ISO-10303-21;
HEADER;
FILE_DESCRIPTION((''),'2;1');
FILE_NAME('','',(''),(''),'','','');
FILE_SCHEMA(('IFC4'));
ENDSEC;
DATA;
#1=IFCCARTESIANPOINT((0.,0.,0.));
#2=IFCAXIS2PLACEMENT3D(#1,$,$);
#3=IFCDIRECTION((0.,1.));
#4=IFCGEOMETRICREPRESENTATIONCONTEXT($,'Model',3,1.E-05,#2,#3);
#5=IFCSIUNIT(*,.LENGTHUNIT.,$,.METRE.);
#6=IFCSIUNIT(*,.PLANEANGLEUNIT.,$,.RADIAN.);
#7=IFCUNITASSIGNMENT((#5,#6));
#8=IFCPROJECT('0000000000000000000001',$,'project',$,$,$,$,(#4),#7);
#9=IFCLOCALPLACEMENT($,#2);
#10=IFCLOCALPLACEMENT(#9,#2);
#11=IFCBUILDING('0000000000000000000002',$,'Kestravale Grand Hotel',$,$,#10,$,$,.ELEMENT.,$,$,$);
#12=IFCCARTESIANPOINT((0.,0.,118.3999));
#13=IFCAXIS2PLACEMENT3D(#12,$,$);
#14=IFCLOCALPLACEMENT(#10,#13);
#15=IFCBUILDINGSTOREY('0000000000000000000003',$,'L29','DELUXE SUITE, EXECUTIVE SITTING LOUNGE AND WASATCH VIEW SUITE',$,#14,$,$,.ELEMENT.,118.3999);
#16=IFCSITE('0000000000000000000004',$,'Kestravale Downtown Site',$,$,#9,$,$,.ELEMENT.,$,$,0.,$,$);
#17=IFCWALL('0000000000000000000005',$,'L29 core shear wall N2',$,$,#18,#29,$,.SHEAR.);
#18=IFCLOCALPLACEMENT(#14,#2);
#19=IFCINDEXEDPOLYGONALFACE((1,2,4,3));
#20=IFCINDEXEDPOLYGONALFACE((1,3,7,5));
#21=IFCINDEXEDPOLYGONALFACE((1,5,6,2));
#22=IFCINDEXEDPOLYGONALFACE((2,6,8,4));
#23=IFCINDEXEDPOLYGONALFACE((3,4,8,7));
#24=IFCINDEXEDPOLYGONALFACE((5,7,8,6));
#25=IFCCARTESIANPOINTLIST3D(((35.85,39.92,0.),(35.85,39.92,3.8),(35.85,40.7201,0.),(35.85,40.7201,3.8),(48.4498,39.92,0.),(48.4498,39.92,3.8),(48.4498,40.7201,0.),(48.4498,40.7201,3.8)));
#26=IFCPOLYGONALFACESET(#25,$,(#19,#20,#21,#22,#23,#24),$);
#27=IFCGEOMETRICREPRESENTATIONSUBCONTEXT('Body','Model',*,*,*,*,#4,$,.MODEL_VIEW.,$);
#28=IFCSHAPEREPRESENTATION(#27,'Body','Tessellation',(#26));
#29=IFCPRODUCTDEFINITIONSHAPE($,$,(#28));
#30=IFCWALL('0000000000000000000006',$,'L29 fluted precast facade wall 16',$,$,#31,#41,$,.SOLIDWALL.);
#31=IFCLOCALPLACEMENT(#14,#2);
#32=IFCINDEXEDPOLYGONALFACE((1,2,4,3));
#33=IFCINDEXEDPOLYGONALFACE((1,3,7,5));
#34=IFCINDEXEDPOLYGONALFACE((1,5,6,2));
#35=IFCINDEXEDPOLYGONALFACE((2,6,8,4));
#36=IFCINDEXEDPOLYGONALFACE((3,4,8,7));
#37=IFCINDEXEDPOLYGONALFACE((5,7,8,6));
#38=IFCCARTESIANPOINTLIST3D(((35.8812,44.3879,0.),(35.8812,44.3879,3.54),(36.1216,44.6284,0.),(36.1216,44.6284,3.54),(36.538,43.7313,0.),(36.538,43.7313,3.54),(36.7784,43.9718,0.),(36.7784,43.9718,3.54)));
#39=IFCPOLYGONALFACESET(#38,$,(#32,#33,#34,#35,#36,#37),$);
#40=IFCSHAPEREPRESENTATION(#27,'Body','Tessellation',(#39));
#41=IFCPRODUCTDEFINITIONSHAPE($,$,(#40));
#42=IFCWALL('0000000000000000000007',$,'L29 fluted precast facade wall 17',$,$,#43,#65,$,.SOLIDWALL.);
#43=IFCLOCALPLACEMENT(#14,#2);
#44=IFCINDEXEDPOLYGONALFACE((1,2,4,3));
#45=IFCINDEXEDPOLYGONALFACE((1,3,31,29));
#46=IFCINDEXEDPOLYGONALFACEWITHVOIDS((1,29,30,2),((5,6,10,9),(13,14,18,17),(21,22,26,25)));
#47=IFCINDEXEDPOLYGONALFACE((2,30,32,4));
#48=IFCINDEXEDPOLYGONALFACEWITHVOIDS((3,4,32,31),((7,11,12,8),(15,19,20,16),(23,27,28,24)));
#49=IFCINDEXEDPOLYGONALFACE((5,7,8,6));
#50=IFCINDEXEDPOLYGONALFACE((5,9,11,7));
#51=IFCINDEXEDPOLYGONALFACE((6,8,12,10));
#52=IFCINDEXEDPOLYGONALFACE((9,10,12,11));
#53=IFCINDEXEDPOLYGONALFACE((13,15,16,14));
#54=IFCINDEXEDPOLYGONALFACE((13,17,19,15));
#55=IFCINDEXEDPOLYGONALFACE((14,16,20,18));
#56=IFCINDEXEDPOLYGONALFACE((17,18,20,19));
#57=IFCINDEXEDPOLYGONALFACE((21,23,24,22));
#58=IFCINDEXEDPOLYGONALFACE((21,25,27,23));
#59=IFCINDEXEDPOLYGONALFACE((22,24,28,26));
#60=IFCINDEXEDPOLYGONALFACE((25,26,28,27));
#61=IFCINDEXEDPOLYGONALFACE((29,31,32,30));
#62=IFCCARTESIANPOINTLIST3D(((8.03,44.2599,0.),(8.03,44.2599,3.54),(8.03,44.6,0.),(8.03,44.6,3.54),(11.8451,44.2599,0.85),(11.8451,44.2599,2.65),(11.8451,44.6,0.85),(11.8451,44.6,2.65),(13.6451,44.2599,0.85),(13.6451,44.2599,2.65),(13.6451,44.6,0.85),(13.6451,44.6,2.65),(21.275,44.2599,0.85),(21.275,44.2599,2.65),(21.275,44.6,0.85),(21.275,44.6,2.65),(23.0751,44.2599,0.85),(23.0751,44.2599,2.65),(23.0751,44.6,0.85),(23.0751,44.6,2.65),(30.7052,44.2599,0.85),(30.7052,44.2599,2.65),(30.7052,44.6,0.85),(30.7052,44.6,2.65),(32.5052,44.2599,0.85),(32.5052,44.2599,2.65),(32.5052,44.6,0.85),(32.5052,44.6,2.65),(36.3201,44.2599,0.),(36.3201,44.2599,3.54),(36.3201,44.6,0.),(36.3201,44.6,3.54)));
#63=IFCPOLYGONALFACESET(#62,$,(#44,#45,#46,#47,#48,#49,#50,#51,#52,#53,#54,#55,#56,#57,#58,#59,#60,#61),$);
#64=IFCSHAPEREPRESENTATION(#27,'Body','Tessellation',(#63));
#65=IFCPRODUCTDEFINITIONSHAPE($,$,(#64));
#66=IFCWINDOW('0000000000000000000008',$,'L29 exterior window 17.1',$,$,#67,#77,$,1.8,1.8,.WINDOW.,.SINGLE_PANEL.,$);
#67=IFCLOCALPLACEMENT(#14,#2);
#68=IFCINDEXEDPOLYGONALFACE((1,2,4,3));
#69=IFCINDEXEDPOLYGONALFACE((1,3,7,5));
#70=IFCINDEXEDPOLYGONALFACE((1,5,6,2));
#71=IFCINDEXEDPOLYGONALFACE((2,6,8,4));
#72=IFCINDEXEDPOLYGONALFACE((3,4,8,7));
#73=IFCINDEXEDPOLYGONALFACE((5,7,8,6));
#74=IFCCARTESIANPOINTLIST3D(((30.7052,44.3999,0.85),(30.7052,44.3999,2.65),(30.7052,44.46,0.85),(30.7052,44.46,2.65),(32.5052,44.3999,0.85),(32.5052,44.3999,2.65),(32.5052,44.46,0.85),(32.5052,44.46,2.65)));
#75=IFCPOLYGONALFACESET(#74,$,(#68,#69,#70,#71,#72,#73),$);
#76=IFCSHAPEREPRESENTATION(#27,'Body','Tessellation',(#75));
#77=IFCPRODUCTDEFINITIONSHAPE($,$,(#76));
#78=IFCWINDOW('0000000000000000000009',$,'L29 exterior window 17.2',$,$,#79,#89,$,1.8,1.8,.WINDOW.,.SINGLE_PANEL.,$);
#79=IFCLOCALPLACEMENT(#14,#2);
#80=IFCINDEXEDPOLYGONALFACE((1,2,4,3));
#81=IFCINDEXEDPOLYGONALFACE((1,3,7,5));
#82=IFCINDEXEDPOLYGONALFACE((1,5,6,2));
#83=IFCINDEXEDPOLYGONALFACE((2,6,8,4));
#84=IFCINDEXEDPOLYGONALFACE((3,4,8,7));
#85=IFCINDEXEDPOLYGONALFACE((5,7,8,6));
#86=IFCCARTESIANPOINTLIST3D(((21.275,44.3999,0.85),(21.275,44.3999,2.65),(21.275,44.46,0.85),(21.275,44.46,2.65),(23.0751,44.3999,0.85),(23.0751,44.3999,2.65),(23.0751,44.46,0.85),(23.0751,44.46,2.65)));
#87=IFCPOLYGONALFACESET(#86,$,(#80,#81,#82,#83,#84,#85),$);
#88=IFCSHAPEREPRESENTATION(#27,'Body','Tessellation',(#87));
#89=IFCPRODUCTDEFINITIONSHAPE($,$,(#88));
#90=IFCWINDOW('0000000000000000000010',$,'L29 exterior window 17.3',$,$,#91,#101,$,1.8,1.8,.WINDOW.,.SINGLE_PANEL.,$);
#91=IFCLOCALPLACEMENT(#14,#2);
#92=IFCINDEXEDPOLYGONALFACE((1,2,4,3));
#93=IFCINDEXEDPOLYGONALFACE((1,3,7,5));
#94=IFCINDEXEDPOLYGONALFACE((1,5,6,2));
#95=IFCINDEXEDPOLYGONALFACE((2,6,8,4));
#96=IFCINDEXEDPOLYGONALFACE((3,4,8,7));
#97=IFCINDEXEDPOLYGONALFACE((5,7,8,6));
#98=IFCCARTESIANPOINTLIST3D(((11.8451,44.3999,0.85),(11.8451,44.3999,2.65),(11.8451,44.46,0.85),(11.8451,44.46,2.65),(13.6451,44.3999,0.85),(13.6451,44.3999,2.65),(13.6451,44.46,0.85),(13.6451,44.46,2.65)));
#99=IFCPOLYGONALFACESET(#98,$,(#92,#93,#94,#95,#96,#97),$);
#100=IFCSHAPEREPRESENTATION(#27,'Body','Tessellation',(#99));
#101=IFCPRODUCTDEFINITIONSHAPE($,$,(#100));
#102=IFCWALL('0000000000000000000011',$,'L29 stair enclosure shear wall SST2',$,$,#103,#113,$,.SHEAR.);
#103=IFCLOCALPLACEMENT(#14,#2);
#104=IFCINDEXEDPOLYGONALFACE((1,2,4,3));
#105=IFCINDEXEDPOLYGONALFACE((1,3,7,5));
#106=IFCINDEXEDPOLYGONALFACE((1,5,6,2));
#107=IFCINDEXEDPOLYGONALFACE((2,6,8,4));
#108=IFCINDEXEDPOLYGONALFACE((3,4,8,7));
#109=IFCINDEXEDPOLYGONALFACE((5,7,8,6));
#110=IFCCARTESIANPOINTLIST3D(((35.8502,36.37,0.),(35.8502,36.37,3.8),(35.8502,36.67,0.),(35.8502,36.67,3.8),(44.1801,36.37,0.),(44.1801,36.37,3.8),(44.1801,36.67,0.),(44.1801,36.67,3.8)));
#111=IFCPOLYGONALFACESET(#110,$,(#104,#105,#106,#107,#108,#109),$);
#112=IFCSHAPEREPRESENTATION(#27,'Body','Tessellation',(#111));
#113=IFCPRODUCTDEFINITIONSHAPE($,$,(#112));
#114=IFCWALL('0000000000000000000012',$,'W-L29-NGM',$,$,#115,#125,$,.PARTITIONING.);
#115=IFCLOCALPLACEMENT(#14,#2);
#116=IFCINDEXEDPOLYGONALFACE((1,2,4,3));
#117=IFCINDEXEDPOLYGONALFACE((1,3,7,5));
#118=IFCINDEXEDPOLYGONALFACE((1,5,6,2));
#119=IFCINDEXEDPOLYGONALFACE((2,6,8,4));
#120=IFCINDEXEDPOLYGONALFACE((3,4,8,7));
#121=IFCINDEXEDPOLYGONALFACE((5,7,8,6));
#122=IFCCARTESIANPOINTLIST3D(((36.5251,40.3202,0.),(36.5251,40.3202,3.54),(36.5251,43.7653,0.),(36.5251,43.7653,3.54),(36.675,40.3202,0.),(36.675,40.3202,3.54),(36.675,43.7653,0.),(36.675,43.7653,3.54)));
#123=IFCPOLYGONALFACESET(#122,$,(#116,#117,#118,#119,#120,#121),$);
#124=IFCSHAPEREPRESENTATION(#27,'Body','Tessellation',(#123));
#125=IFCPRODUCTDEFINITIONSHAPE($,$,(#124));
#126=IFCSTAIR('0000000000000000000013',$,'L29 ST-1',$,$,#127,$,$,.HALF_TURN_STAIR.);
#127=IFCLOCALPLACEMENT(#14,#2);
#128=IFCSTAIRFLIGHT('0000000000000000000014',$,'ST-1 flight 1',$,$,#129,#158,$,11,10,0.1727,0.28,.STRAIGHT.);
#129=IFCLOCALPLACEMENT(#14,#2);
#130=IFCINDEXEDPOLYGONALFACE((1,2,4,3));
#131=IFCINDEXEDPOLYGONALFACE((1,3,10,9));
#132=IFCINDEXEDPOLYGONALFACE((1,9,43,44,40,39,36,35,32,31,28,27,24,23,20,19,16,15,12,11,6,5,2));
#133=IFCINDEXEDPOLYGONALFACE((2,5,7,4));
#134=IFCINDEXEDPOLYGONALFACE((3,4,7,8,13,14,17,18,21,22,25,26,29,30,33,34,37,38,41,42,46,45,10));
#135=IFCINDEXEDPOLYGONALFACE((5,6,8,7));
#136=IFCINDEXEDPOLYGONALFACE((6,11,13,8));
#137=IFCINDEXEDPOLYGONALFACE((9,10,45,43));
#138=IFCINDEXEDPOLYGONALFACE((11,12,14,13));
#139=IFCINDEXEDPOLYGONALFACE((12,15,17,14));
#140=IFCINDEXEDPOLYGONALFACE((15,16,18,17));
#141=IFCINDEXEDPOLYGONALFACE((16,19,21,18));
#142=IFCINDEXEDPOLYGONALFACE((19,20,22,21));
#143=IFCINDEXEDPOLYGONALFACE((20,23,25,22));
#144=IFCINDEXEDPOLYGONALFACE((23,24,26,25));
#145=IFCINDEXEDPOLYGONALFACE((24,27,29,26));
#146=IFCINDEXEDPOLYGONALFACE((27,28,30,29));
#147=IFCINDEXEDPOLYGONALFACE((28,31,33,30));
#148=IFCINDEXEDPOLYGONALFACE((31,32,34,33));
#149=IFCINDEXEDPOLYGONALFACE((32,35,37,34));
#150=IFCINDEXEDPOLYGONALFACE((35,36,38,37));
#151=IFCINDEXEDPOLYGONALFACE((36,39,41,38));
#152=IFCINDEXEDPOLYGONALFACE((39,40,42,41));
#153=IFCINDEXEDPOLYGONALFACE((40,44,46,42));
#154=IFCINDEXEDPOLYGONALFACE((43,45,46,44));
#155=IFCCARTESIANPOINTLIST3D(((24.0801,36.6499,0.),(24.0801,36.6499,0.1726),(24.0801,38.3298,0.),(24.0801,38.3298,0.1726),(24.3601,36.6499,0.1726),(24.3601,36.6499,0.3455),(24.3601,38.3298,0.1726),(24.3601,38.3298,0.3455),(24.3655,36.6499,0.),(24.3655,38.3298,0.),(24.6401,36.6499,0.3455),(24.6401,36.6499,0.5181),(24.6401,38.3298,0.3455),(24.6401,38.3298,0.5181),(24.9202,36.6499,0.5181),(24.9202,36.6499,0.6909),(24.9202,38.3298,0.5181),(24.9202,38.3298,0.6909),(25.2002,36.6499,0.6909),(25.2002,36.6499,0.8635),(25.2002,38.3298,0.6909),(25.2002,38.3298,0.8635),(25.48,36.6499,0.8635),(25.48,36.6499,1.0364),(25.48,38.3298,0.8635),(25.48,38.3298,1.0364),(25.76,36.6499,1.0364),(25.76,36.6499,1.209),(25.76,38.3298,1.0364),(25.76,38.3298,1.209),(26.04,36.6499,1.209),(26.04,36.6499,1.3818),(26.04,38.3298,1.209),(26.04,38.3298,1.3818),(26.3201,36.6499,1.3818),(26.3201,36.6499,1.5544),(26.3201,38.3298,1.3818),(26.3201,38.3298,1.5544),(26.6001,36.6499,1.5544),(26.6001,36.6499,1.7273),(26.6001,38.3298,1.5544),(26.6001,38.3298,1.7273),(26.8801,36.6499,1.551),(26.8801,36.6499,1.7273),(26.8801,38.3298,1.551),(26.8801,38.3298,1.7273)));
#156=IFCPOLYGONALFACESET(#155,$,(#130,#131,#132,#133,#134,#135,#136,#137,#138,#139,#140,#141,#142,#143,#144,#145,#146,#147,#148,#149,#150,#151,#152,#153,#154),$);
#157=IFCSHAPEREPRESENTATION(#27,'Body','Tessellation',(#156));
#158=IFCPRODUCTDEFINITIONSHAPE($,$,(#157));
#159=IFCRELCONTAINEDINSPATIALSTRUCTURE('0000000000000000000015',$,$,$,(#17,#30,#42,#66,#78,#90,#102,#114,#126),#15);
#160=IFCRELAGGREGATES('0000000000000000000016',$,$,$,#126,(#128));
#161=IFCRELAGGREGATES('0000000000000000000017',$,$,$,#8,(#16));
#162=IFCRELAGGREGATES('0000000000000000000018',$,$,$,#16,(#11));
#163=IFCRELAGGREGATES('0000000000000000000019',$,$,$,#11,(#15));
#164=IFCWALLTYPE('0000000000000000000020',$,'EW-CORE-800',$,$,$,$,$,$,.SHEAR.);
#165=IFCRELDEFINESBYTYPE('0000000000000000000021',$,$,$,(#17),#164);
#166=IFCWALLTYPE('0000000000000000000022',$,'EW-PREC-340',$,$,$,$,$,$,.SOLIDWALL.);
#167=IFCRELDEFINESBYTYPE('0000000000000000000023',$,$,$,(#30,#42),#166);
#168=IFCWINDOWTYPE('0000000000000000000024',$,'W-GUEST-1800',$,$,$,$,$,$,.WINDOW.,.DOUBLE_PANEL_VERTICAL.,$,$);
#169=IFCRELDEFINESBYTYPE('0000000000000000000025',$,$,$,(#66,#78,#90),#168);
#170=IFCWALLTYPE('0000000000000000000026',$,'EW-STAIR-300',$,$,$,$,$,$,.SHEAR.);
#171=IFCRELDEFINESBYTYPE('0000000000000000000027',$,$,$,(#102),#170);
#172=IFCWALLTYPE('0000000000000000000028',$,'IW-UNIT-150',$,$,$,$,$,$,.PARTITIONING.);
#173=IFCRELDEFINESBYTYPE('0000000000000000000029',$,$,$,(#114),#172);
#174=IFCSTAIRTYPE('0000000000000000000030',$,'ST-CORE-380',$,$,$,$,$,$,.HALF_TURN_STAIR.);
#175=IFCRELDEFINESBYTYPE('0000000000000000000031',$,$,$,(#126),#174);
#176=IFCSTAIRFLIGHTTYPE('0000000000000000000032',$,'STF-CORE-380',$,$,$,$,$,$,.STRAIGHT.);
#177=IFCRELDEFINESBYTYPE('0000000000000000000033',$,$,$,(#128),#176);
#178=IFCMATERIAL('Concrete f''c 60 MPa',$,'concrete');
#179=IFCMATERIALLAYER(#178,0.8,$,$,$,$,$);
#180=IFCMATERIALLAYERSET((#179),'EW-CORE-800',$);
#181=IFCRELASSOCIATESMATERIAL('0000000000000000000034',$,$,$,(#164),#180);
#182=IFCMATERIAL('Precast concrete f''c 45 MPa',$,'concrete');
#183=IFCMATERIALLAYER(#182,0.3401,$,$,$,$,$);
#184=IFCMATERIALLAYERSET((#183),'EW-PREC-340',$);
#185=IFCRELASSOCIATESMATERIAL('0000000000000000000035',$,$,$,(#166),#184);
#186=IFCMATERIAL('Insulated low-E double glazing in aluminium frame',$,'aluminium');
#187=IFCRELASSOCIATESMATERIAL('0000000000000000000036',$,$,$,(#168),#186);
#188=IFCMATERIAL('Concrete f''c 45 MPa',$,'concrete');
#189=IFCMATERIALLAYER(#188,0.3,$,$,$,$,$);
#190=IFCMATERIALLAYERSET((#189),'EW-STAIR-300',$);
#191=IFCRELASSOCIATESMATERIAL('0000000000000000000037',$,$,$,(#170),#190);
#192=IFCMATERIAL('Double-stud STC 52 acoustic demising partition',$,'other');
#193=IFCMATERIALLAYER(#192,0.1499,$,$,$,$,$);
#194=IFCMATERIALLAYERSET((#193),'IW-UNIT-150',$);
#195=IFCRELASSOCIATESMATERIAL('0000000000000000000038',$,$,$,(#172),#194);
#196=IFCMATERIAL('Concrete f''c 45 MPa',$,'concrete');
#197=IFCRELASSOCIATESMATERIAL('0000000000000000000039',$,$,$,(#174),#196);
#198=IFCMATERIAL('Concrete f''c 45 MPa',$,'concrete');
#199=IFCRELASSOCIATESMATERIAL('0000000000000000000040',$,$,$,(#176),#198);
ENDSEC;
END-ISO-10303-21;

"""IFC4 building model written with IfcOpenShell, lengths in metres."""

from ifc_helpers import new_model, si_unit, direction, frame, frame_2d, origin, place, context, subcontext, project, spatial, polyline, rectangle, outline, extrude, material, layer, layer_set, type_object, element, fill, aggregate, save


model = new_model("IFC4")

# Units and contexts
model_context = context("Model", 3, precision=1e-05, world=origin(), true_north=direction((0.0, 1.0)))
body_context = subcontext(model_context, "Body", "Model", "MODEL_VIEW")
ifc_project = project(units=[si_unit("LENGTHUNIT", "METRE"), si_unit("PLANEANGLEUNIT", "RADIAN")], contexts=[model_context])

# Site, building, storey
site_placement = place(None, origin())
site = spatial("IfcSite", under=ifc_project, at=site_placement, Name="Kestravale Downtown Site", CompositionType="ELEMENT", RefElevation=0.0)
building_placement = place(site_placement, origin())
building = spatial("IfcBuilding", under=site, at=building_placement, Name="Kestravale Grand Hotel", CompositionType="ELEMENT")
storey_placement = place(building_placement, frame((0.0, 0.0, 118.3999)))
storey = spatial("IfcBuildingStorey", under=building, at=storey_placement, Name="L29", Description="DELUXE SUITE, EXECUTIVE SITTING LOUNGE AND WASATCH VIEW SUITE", CompositionType="ELEMENT", Elevation=118.3999)

# Wall
ifc_material_1 = material(Name="Concrete f'c 60 MPa", Category="concrete")
ifc_layer_1 = layer(ifc_material_1, 0.8)
ifc_layer_set_1 = layer_set([ifc_layer_1], Name="EW-CORE-800")
wall_type_1 = type_object("IfcWallType", Name="EW-CORE-800", PredefinedType="SHEAR", material=ifc_layer_set_1)
wall_1_placement = place(storey_placement, frame((35.8501, 40.3201, 0.0), z_axis=(0.0, 0.0, 1.0), x_axis=(1.0, 0.0, 0.0)))
element("IfcWall", 1, at=wall_1_placement, inside=storey, type_object=wall_type_1, Name="L29 core shear wall N2", PredefinedType="SHEAR", context=body_context, shape_type="SweptSolid", body=[
    extrude(rectangle(XDim=12.5999, YDim=0.8, at=frame_2d((6.2998, 0.0))), origin(), (0.0, 0.0, 1.0), 3.8),
])

# Wall
ifc_material_2 = material(Name="Precast concrete f'c 45 MPa", Category="concrete")
ifc_layer_2 = layer(ifc_material_2, 0.3401)
ifc_layer_set_2 = layer_set([ifc_layer_2], Name="EW-PREC-340")
wall_type_2 = type_object("IfcWallType", Name="EW-PREC-340", PredefinedType="SOLIDWALL", material=ifc_layer_set_2)
wall_2_placement = place(storey_placement, frame((36.6582, 43.8516, 0.0), z_axis=(0.0, 0.0, 1.0), x_axis=(-0.707238, 0.706975, 0.0)))
element("IfcWall", 2, at=wall_2_placement, inside=storey, type_object=wall_type_2, Name="L29 fluted precast facade wall 16", PredefinedType="SOLIDWALL", context=body_context, shape_type="SweptSolid", body=[
    extrude(rectangle(XDim=0.9287, YDim=0.3401, at=frame_2d((0.4644, 0.0))), origin(), (0.0, 0.0, 1.0), 3.54),
])

# Wall, openings, windows
wall_3_placement = place(storey_placement, frame((36.3201, 44.4299, 0.0), z_axis=(0.0, 0.0, 1.0), x_axis=(-1.0, 0.0, 0.0)))
wall_3 = element("IfcWall", 3, at=wall_3_placement, inside=storey, type_object=wall_type_2, Name="L29 fluted precast facade wall 17", PredefinedType="SOLIDWALL", context=body_context, shape_type="SweptSolid", body=[
    extrude(rectangle(XDim=28.29, YDim=0.3401, at=frame_2d((14.145, 0.0))), origin(), (0.0, 0.0, 1.0), 3.54),
])
opening_1_placement = place(wall_3_placement, frame((3.8149, 0.0, 0.8501)))
opening_1 = element("IfcOpeningElement", 4, at=opening_1_placement, cuts=wall_3, PredefinedType="OPENING", context=body_context, shape_type="SweptSolid", body=[
    extrude(rectangle(XDim=1.8, YDim=1.8, at=frame_2d((0.8999, 0.8999))), frame((0.0, 0.1799, 0.0), z_axis=(0.0, -1.0, 0.0), x_axis=(1.0, 0.0, 0.0)), (0.0, 0.0, 1.0), 0.3601),
])
opening_2_placement = place(wall_3_placement, frame((13.2451, 0.0, 0.8501)))
opening_2 = element("IfcOpeningElement", 5, at=opening_2_placement, cuts=wall_3, PredefinedType="OPENING", context=body_context, shape_type="SweptSolid", body=[
    extrude(rectangle(XDim=1.8, YDim=1.8, at=frame_2d((0.8999, 0.8999))), frame((0.0, 0.1799, 0.0), z_axis=(0.0, -1.0, 0.0), x_axis=(1.0, 0.0, 0.0)), (0.0, 0.0, 1.0), 0.3601),
])
opening_3_placement = place(wall_3_placement, frame((22.675, 0.0, 0.8501)))
opening_3 = element("IfcOpeningElement", 6, at=opening_3_placement, cuts=wall_3, PredefinedType="OPENING", context=body_context, shape_type="SweptSolid", body=[
    extrude(rectangle(XDim=1.8, YDim=1.8, at=frame_2d((0.8999, 0.8999))), frame((0.0, 0.1799, 0.0), z_axis=(0.0, -1.0, 0.0), x_axis=(1.0, 0.0, 0.0)), (0.0, 0.0, 1.0), 0.3601),
])
ifc_material_3 = material(Name="Insulated low-E double glazing in aluminium frame", Category="aluminium")
window_type = type_object("IfcWindowType", Name="W-GUEST-1800", PartitioningType="DOUBLE_PANEL_VERTICAL", PredefinedType="WINDOW", material=ifc_material_3)
window_1_placement = place(opening_1_placement, origin())
window_1 = element("IfcWindow", 7, at=window_1_placement, inside=storey, type_object=window_type, Name="L29 exterior window 17.1", OverallHeight=1.8, OverallWidth=1.8, PartitioningType="SINGLE_PANEL", PredefinedType="WINDOW", context=body_context, shape_type="SweptSolid", body=[
    extrude(rectangle(XDim=1.8, YDim=1.8, at=frame_2d((0.8999, 0.8999))), frame((0.0, 0.03, 0.0), z_axis=(0.0, -1.0, 0.0), x_axis=(1.0, 0.0, 0.0)), (0.0, 0.0, 1.0), 0.0601),
])
fill(opening_1, window_1)
window_2_placement = place(opening_2_placement, origin())
window_2 = element("IfcWindow", 8, at=window_2_placement, inside=storey, type_object=window_type, Name="L29 exterior window 17.2", OverallHeight=1.8, OverallWidth=1.8, PartitioningType="SINGLE_PANEL", PredefinedType="WINDOW", context=body_context, shape_type="SweptSolid", body=[
    extrude(rectangle(XDim=1.8, YDim=1.8, at=frame_2d((0.8999, 0.8999))), frame((0.0, 0.03, 0.0), z_axis=(0.0, -1.0, 0.0), x_axis=(1.0, 0.0, 0.0)), (0.0, 0.0, 1.0), 0.0601),
])
fill(opening_2, window_2)
window_3_placement = place(opening_3_placement, origin())
window_3 = element("IfcWindow", 9, at=window_3_placement, inside=storey, type_object=window_type, Name="L29 exterior window 17.3", OverallHeight=1.8, OverallWidth=1.8, PartitioningType="SINGLE_PANEL", PredefinedType="WINDOW", context=body_context, shape_type="SweptSolid", body=[
    extrude(rectangle(XDim=1.8, YDim=1.8, at=frame_2d((0.8999, 0.8999))), frame((0.0, 0.03, 0.0), z_axis=(0.0, -1.0, 0.0), x_axis=(1.0, 0.0, 0.0)), (0.0, 0.0, 1.0), 0.0601),
])
fill(opening_3, window_3)

# Walls
ifc_material_4 = material(Name="Concrete f'c 45 MPa", Category="concrete")
ifc_layer_3 = layer(ifc_material_4, 0.3)
ifc_layer_set_3 = layer_set([ifc_layer_3], Name="EW-STAIR-300")
wall_type_3 = type_object("IfcWallType", Name="EW-STAIR-300", PredefinedType="SHEAR", material=ifc_layer_set_3)
wall_4_placement = place(storey_placement, frame((35.8501, 36.52, 0.0), z_axis=(0.0, 0.0, 1.0), x_axis=(1.0, 0.0, 0.0)))
element("IfcWall", 10, at=wall_4_placement, inside=storey, type_object=wall_type_3, Name="L29 stair enclosure shear wall SST2", PredefinedType="SHEAR", context=body_context, shape_type="SweptSolid", body=[
    extrude(rectangle(XDim=8.3298, YDim=0.3, at=frame_2d((4.165, 0.0))), origin(), (0.0, 0.0, 1.0), 3.8),
])
ifc_material_5 = material(Name="Double-stud STC 52 acoustic demising partition", Category="other")
ifc_layer_4 = layer(ifc_material_5, 0.1499)
ifc_layer_set_4 = layer_set([ifc_layer_4], Name="IW-UNIT-150")
wall_type_4 = type_object("IfcWallType", Name="IW-UNIT-150", PredefinedType="PARTITIONING", material=ifc_layer_set_4)
wall_5_placement = place(storey_placement, frame((36.6001, 40.3201, 0.0), z_axis=(0.0, 0.0, 1.0), x_axis=(0.0, 1.0, 0.0)))
element("IfcWall", 11, at=wall_5_placement, inside=storey, type_object=wall_type_4, Name="W-L29-NGM", PredefinedType="PARTITIONING", context=body_context, shape_type="SweptSolid", body=[
    extrude(rectangle(XDim=3.4451, YDim=0.1499, at=frame_2d((1.7227, 0.0))), origin(), (0.0, 0.0, 1.0), 3.54),
])

# Stair, stair flight
ifc_material_6 = material(Name="Concrete f'c 45 MPa", Category="concrete")
stair_type = type_object("IfcStairType", Name="ST-CORE-380", PredefinedType="HALF_TURN_STAIR", material=ifc_material_6)
stair_placement = place(storey_placement, origin())
stair = element("IfcStair", 12, at=stair_placement, inside=storey, type_object=stair_type, Name="L29 ST-1", PredefinedType="HALF_TURN_STAIR")
ifc_material_7 = material(Name="Concrete f'c 45 MPa", Category="concrete")
stair_flight_type = type_object("IfcStairFlightType", Name="STF-CORE-380", PredefinedType="STRAIGHT", material=ifc_material_7)
stair_flight_1_placement = place(storey_placement, frame((24.0801, 37.49, 0.0), z_axis=(0.0, 0.0, 1.0), x_axis=(1.0, 0.0, 0.0)))
stair_flight_1 = element("IfcStairFlight", 13, at=stair_flight_1_placement, type_object=stair_flight_type, Name="ST-1 flight 1", NumberOfRisers=11, NumberOfTreads=10, PredefinedType="STRAIGHT", RiserHeight=0.1727, TreadLength=0.28, context=body_context, shape_type="SweptSolid", body=[
    extrude(outline(polyline([(0.0, 0.0), (0.0, 0.1726), (0.28, 0.1726), (0.28, 0.3455), (0.5601, 0.3455), (0.5601, 0.5181), (0.8401, 0.5181), (0.8401, 0.6909), (1.1201, 0.6909), (1.1201, 0.8635), (1.3999, 0.8635), (1.3999, 1.0364), (1.6799, 1.0364), (1.6799, 1.209), (1.96, 1.209), (1.96, 1.3818), (2.24, 1.3818), (2.24, 1.5544), (2.52, 1.5544), (2.52, 1.7273), (2.8, 1.7273), (2.8, 1.8999), (2.8, 1.551), (0.2854, 0.0), (0.0, 0.0)])), frame((0.0, 0.8398, 0.0), z_axis=(0.0, -1.0, 0.0), x_axis=(1.0, 0.0, 0.0)), (0.0, 0.0, 1.0), 1.6799),
])
aggregate(stair, [stair_flight_1])

save(model, "model.ifc")
